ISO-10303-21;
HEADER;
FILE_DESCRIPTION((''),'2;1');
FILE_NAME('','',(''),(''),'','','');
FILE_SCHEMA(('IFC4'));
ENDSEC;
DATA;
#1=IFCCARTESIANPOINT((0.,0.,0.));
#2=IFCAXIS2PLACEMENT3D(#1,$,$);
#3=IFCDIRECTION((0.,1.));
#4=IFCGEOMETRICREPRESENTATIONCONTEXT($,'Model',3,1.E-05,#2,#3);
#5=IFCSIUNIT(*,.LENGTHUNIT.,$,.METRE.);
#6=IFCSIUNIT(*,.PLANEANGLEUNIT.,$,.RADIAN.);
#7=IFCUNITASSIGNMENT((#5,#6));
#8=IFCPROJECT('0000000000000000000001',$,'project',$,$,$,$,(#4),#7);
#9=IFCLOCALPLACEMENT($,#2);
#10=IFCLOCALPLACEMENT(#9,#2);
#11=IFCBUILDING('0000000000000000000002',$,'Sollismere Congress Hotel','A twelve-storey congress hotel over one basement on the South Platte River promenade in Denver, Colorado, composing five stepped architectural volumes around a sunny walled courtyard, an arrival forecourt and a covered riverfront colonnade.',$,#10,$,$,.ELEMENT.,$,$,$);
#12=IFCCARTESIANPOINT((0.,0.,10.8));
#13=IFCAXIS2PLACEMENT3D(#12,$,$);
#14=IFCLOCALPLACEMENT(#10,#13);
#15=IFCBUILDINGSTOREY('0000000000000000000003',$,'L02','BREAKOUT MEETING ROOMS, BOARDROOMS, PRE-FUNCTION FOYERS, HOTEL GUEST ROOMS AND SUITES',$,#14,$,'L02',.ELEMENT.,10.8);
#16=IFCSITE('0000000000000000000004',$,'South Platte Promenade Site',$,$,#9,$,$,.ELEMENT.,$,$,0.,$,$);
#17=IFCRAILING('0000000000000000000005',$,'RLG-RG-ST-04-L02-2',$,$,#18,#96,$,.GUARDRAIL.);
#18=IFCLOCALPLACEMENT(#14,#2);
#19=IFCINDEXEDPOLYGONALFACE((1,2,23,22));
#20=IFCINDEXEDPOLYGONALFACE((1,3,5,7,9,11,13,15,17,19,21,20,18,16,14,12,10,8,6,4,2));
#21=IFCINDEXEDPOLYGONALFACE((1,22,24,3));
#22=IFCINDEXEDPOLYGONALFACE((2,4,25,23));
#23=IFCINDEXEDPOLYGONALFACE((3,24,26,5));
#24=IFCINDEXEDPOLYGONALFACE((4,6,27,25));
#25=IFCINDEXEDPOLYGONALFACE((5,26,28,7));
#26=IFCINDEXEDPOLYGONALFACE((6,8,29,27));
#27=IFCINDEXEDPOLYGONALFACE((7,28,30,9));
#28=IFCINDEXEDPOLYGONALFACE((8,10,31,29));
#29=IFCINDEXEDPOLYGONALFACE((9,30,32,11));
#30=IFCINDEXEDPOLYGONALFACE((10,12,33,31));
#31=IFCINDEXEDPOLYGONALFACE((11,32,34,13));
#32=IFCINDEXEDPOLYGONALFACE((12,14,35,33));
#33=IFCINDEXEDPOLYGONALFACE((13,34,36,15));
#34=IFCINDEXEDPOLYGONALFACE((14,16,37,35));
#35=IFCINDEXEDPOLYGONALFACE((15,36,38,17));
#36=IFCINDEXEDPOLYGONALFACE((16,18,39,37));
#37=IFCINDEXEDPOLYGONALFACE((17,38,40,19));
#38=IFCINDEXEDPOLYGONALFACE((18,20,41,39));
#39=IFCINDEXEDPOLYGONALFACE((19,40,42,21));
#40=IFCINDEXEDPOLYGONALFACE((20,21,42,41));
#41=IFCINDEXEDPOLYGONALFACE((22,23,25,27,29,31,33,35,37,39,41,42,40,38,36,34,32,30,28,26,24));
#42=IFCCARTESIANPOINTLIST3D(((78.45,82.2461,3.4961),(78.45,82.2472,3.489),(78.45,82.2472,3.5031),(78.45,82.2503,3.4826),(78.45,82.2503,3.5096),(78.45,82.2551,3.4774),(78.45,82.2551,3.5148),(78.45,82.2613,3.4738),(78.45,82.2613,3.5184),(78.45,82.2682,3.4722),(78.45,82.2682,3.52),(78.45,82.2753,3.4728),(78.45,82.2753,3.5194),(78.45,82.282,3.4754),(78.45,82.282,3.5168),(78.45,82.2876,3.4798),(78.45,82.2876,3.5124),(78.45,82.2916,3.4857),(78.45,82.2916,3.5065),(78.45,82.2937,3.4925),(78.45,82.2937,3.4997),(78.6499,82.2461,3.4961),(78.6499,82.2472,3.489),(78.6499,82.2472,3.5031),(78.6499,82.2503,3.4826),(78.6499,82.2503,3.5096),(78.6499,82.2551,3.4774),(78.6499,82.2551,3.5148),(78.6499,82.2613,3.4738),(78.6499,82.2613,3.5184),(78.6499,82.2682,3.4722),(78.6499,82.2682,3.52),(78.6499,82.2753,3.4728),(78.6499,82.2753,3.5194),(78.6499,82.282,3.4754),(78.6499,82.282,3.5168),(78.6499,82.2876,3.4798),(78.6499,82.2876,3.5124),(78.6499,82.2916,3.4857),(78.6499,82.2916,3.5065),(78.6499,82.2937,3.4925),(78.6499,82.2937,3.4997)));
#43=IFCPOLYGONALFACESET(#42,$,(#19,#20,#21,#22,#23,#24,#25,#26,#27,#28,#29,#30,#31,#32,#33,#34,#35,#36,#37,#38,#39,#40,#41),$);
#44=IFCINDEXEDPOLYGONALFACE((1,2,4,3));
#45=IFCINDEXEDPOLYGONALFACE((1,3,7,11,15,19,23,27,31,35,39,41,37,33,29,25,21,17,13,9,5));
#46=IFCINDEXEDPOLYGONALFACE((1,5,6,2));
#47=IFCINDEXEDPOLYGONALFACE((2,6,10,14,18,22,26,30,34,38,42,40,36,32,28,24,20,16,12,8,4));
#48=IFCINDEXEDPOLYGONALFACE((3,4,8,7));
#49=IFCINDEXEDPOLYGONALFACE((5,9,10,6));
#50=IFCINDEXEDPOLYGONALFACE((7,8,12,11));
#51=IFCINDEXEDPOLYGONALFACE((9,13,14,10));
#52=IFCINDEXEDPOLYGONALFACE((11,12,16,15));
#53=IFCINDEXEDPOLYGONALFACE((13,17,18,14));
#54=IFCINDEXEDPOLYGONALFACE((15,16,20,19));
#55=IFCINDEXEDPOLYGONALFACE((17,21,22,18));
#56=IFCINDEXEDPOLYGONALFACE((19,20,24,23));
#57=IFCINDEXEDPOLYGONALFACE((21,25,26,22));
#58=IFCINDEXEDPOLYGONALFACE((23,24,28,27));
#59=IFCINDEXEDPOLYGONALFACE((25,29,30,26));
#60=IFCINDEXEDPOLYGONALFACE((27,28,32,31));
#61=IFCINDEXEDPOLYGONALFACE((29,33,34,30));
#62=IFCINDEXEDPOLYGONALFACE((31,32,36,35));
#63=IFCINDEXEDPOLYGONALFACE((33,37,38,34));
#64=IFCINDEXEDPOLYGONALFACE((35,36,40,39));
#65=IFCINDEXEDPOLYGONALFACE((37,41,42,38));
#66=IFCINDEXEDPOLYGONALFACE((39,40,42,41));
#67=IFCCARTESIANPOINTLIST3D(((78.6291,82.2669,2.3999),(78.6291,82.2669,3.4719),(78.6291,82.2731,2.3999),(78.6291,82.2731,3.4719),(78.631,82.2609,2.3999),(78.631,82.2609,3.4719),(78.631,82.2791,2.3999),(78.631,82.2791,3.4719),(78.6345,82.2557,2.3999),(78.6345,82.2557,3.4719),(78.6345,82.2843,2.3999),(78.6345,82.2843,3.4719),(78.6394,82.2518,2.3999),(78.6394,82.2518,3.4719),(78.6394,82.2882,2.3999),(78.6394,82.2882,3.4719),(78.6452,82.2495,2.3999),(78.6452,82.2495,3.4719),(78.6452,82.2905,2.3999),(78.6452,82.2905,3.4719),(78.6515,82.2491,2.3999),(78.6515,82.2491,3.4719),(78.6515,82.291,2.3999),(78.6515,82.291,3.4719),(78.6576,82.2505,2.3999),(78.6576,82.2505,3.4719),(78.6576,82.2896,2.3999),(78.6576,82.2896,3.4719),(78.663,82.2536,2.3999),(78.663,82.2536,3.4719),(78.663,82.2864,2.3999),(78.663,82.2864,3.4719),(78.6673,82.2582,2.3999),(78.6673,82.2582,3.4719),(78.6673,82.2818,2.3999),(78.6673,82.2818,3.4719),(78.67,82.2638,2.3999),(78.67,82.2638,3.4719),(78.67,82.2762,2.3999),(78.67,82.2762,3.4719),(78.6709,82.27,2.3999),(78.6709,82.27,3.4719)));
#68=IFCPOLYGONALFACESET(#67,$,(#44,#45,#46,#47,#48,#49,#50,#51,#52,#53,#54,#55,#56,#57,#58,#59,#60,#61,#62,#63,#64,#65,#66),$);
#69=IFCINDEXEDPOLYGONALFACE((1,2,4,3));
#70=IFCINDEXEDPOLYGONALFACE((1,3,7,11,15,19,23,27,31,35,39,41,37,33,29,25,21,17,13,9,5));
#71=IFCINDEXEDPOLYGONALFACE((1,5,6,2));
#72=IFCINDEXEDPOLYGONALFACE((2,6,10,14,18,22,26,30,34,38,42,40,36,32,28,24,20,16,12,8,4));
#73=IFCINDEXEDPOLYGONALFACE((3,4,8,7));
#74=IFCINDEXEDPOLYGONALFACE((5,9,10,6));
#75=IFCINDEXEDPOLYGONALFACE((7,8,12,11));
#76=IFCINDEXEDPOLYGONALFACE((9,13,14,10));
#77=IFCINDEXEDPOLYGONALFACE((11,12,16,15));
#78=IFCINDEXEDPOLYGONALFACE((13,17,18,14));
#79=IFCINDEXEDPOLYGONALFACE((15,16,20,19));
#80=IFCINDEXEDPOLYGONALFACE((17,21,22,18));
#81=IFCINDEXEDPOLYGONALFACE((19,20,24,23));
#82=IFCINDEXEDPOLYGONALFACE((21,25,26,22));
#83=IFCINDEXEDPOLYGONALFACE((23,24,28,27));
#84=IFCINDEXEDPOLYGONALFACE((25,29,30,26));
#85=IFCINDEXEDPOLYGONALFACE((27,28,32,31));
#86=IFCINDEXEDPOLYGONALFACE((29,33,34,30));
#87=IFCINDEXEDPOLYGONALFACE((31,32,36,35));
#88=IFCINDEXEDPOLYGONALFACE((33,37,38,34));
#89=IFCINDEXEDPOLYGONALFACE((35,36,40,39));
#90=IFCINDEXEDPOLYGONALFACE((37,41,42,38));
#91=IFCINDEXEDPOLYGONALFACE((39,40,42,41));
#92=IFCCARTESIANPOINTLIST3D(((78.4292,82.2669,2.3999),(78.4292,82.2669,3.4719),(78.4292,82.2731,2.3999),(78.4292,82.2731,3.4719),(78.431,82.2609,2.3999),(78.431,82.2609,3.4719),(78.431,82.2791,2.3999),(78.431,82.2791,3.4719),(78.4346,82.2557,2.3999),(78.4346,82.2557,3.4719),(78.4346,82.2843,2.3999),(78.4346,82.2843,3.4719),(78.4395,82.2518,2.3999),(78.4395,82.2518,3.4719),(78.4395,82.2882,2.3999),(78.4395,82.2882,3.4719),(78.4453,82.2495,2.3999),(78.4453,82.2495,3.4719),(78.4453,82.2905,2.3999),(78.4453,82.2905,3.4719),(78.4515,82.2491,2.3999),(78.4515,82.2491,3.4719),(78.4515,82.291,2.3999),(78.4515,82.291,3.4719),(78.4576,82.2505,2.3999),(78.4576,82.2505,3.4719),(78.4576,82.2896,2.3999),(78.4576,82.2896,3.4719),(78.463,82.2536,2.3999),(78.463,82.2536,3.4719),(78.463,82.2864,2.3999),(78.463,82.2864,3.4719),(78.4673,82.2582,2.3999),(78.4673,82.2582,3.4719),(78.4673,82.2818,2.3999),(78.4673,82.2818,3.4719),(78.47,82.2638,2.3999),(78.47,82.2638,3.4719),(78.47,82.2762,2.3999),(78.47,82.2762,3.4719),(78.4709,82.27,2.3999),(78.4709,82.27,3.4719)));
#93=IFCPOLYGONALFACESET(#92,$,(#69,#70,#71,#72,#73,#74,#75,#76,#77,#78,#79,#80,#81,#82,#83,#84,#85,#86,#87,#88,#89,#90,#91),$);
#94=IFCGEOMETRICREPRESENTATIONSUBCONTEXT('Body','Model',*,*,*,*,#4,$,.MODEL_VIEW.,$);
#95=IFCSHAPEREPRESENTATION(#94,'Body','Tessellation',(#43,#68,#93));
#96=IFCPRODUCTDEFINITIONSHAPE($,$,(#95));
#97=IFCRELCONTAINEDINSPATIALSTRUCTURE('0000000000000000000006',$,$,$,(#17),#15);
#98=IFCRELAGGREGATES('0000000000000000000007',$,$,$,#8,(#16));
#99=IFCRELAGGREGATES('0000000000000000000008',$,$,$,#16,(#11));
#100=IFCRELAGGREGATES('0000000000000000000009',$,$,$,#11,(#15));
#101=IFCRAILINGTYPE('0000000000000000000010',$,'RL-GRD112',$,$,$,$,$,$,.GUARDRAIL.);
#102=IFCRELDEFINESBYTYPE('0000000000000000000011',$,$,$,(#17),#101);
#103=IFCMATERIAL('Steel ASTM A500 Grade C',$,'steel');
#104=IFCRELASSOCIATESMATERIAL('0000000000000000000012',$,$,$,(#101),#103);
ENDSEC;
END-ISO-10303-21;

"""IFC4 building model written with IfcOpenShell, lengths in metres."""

from ifc_helpers import new_model, si_unit, direction, frame, origin, origin_2d, place, context, subcontext, project, spatial, circle, extrude, material, type_object, element, save


model = new_model("IFC4")

# Units and contexts
model_context = context("Model", 3, precision=1e-05, world=origin(), true_north=direction((0.0, 1.0)))
body_context = subcontext(model_context, "Body", "Model", "MODEL_VIEW")
ifc_project = project(units=[si_unit("LENGTHUNIT", "METRE"), si_unit("PLANEANGLEUNIT", "RADIAN")], contexts=[model_context])

# Site, building, storey
site_placement = place(None, origin())
site = spatial("IfcSite", under=ifc_project, at=site_placement, Name="South Platte Promenade Site", CompositionType="ELEMENT", RefElevation=0.0)
building_placement = place(site_placement, origin())
building = spatial("IfcBuilding", under=site, at=building_placement, Name="Sollismere Congress Hotel", Description="A twelve-storey congress hotel over one basement on the South Platte River promenade in Denver, Colorado, composing five stepped architectural volumes around a sunny walled courtyard, an arrival forecourt and a covered riverfront colonnade.", CompositionType="ELEMENT")
storey_placement = place(building_placement, frame((0.0, 0.0, 10.8)))
storey = spatial("IfcBuildingStorey", under=building, at=storey_placement, Name="L02", Description="BREAKOUT MEETING ROOMS, BOARDROOMS, PRE-FUNCTION FOYERS, HOTEL GUEST ROOMS AND SUITES", LongName="L02", CompositionType="ELEMENT", Elevation=10.8)

# Shared definitions
ifc_material_1 = material(Name="Steel ASTM A500 Grade C", Category="steel")

# Railing
railing_type = type_object("IfcRailingType", Name="RL-GRD112", PredefinedType="GUARDRAIL", material=ifc_material_1)
railing_1_placement = place(storey_placement, frame((78.6499, 82.27, 2.3999)))
element("IfcRailing", 1, at=railing_1_placement, inside=storey, type_object=railing_type, Name="RLG-RG-ST-04-L02-2", PredefinedType="GUARDRAIL", context=body_context, shape_type="SweptSolid", body=[
    extrude(circle(Radius=0.0239, at=origin_2d()), frame((0.0, 0.0, 1.0962), z_axis=(-1.0, 0.0, 0.0), x_axis=(0.0, -1.0, 0.0)), (0.0, 0.0, 1.0), 0.2),
    extrude(circle(Radius=0.021, at=origin_2d()), origin(), (0.0, 0.0, 1.0), 1.072),
    extrude(circle(Radius=0.021, at=origin_2d()), frame((-0.2, 0.0, 0.0)), (0.0, 0.0, 1.0), 1.072),
])

save(model, "model.ifc")
